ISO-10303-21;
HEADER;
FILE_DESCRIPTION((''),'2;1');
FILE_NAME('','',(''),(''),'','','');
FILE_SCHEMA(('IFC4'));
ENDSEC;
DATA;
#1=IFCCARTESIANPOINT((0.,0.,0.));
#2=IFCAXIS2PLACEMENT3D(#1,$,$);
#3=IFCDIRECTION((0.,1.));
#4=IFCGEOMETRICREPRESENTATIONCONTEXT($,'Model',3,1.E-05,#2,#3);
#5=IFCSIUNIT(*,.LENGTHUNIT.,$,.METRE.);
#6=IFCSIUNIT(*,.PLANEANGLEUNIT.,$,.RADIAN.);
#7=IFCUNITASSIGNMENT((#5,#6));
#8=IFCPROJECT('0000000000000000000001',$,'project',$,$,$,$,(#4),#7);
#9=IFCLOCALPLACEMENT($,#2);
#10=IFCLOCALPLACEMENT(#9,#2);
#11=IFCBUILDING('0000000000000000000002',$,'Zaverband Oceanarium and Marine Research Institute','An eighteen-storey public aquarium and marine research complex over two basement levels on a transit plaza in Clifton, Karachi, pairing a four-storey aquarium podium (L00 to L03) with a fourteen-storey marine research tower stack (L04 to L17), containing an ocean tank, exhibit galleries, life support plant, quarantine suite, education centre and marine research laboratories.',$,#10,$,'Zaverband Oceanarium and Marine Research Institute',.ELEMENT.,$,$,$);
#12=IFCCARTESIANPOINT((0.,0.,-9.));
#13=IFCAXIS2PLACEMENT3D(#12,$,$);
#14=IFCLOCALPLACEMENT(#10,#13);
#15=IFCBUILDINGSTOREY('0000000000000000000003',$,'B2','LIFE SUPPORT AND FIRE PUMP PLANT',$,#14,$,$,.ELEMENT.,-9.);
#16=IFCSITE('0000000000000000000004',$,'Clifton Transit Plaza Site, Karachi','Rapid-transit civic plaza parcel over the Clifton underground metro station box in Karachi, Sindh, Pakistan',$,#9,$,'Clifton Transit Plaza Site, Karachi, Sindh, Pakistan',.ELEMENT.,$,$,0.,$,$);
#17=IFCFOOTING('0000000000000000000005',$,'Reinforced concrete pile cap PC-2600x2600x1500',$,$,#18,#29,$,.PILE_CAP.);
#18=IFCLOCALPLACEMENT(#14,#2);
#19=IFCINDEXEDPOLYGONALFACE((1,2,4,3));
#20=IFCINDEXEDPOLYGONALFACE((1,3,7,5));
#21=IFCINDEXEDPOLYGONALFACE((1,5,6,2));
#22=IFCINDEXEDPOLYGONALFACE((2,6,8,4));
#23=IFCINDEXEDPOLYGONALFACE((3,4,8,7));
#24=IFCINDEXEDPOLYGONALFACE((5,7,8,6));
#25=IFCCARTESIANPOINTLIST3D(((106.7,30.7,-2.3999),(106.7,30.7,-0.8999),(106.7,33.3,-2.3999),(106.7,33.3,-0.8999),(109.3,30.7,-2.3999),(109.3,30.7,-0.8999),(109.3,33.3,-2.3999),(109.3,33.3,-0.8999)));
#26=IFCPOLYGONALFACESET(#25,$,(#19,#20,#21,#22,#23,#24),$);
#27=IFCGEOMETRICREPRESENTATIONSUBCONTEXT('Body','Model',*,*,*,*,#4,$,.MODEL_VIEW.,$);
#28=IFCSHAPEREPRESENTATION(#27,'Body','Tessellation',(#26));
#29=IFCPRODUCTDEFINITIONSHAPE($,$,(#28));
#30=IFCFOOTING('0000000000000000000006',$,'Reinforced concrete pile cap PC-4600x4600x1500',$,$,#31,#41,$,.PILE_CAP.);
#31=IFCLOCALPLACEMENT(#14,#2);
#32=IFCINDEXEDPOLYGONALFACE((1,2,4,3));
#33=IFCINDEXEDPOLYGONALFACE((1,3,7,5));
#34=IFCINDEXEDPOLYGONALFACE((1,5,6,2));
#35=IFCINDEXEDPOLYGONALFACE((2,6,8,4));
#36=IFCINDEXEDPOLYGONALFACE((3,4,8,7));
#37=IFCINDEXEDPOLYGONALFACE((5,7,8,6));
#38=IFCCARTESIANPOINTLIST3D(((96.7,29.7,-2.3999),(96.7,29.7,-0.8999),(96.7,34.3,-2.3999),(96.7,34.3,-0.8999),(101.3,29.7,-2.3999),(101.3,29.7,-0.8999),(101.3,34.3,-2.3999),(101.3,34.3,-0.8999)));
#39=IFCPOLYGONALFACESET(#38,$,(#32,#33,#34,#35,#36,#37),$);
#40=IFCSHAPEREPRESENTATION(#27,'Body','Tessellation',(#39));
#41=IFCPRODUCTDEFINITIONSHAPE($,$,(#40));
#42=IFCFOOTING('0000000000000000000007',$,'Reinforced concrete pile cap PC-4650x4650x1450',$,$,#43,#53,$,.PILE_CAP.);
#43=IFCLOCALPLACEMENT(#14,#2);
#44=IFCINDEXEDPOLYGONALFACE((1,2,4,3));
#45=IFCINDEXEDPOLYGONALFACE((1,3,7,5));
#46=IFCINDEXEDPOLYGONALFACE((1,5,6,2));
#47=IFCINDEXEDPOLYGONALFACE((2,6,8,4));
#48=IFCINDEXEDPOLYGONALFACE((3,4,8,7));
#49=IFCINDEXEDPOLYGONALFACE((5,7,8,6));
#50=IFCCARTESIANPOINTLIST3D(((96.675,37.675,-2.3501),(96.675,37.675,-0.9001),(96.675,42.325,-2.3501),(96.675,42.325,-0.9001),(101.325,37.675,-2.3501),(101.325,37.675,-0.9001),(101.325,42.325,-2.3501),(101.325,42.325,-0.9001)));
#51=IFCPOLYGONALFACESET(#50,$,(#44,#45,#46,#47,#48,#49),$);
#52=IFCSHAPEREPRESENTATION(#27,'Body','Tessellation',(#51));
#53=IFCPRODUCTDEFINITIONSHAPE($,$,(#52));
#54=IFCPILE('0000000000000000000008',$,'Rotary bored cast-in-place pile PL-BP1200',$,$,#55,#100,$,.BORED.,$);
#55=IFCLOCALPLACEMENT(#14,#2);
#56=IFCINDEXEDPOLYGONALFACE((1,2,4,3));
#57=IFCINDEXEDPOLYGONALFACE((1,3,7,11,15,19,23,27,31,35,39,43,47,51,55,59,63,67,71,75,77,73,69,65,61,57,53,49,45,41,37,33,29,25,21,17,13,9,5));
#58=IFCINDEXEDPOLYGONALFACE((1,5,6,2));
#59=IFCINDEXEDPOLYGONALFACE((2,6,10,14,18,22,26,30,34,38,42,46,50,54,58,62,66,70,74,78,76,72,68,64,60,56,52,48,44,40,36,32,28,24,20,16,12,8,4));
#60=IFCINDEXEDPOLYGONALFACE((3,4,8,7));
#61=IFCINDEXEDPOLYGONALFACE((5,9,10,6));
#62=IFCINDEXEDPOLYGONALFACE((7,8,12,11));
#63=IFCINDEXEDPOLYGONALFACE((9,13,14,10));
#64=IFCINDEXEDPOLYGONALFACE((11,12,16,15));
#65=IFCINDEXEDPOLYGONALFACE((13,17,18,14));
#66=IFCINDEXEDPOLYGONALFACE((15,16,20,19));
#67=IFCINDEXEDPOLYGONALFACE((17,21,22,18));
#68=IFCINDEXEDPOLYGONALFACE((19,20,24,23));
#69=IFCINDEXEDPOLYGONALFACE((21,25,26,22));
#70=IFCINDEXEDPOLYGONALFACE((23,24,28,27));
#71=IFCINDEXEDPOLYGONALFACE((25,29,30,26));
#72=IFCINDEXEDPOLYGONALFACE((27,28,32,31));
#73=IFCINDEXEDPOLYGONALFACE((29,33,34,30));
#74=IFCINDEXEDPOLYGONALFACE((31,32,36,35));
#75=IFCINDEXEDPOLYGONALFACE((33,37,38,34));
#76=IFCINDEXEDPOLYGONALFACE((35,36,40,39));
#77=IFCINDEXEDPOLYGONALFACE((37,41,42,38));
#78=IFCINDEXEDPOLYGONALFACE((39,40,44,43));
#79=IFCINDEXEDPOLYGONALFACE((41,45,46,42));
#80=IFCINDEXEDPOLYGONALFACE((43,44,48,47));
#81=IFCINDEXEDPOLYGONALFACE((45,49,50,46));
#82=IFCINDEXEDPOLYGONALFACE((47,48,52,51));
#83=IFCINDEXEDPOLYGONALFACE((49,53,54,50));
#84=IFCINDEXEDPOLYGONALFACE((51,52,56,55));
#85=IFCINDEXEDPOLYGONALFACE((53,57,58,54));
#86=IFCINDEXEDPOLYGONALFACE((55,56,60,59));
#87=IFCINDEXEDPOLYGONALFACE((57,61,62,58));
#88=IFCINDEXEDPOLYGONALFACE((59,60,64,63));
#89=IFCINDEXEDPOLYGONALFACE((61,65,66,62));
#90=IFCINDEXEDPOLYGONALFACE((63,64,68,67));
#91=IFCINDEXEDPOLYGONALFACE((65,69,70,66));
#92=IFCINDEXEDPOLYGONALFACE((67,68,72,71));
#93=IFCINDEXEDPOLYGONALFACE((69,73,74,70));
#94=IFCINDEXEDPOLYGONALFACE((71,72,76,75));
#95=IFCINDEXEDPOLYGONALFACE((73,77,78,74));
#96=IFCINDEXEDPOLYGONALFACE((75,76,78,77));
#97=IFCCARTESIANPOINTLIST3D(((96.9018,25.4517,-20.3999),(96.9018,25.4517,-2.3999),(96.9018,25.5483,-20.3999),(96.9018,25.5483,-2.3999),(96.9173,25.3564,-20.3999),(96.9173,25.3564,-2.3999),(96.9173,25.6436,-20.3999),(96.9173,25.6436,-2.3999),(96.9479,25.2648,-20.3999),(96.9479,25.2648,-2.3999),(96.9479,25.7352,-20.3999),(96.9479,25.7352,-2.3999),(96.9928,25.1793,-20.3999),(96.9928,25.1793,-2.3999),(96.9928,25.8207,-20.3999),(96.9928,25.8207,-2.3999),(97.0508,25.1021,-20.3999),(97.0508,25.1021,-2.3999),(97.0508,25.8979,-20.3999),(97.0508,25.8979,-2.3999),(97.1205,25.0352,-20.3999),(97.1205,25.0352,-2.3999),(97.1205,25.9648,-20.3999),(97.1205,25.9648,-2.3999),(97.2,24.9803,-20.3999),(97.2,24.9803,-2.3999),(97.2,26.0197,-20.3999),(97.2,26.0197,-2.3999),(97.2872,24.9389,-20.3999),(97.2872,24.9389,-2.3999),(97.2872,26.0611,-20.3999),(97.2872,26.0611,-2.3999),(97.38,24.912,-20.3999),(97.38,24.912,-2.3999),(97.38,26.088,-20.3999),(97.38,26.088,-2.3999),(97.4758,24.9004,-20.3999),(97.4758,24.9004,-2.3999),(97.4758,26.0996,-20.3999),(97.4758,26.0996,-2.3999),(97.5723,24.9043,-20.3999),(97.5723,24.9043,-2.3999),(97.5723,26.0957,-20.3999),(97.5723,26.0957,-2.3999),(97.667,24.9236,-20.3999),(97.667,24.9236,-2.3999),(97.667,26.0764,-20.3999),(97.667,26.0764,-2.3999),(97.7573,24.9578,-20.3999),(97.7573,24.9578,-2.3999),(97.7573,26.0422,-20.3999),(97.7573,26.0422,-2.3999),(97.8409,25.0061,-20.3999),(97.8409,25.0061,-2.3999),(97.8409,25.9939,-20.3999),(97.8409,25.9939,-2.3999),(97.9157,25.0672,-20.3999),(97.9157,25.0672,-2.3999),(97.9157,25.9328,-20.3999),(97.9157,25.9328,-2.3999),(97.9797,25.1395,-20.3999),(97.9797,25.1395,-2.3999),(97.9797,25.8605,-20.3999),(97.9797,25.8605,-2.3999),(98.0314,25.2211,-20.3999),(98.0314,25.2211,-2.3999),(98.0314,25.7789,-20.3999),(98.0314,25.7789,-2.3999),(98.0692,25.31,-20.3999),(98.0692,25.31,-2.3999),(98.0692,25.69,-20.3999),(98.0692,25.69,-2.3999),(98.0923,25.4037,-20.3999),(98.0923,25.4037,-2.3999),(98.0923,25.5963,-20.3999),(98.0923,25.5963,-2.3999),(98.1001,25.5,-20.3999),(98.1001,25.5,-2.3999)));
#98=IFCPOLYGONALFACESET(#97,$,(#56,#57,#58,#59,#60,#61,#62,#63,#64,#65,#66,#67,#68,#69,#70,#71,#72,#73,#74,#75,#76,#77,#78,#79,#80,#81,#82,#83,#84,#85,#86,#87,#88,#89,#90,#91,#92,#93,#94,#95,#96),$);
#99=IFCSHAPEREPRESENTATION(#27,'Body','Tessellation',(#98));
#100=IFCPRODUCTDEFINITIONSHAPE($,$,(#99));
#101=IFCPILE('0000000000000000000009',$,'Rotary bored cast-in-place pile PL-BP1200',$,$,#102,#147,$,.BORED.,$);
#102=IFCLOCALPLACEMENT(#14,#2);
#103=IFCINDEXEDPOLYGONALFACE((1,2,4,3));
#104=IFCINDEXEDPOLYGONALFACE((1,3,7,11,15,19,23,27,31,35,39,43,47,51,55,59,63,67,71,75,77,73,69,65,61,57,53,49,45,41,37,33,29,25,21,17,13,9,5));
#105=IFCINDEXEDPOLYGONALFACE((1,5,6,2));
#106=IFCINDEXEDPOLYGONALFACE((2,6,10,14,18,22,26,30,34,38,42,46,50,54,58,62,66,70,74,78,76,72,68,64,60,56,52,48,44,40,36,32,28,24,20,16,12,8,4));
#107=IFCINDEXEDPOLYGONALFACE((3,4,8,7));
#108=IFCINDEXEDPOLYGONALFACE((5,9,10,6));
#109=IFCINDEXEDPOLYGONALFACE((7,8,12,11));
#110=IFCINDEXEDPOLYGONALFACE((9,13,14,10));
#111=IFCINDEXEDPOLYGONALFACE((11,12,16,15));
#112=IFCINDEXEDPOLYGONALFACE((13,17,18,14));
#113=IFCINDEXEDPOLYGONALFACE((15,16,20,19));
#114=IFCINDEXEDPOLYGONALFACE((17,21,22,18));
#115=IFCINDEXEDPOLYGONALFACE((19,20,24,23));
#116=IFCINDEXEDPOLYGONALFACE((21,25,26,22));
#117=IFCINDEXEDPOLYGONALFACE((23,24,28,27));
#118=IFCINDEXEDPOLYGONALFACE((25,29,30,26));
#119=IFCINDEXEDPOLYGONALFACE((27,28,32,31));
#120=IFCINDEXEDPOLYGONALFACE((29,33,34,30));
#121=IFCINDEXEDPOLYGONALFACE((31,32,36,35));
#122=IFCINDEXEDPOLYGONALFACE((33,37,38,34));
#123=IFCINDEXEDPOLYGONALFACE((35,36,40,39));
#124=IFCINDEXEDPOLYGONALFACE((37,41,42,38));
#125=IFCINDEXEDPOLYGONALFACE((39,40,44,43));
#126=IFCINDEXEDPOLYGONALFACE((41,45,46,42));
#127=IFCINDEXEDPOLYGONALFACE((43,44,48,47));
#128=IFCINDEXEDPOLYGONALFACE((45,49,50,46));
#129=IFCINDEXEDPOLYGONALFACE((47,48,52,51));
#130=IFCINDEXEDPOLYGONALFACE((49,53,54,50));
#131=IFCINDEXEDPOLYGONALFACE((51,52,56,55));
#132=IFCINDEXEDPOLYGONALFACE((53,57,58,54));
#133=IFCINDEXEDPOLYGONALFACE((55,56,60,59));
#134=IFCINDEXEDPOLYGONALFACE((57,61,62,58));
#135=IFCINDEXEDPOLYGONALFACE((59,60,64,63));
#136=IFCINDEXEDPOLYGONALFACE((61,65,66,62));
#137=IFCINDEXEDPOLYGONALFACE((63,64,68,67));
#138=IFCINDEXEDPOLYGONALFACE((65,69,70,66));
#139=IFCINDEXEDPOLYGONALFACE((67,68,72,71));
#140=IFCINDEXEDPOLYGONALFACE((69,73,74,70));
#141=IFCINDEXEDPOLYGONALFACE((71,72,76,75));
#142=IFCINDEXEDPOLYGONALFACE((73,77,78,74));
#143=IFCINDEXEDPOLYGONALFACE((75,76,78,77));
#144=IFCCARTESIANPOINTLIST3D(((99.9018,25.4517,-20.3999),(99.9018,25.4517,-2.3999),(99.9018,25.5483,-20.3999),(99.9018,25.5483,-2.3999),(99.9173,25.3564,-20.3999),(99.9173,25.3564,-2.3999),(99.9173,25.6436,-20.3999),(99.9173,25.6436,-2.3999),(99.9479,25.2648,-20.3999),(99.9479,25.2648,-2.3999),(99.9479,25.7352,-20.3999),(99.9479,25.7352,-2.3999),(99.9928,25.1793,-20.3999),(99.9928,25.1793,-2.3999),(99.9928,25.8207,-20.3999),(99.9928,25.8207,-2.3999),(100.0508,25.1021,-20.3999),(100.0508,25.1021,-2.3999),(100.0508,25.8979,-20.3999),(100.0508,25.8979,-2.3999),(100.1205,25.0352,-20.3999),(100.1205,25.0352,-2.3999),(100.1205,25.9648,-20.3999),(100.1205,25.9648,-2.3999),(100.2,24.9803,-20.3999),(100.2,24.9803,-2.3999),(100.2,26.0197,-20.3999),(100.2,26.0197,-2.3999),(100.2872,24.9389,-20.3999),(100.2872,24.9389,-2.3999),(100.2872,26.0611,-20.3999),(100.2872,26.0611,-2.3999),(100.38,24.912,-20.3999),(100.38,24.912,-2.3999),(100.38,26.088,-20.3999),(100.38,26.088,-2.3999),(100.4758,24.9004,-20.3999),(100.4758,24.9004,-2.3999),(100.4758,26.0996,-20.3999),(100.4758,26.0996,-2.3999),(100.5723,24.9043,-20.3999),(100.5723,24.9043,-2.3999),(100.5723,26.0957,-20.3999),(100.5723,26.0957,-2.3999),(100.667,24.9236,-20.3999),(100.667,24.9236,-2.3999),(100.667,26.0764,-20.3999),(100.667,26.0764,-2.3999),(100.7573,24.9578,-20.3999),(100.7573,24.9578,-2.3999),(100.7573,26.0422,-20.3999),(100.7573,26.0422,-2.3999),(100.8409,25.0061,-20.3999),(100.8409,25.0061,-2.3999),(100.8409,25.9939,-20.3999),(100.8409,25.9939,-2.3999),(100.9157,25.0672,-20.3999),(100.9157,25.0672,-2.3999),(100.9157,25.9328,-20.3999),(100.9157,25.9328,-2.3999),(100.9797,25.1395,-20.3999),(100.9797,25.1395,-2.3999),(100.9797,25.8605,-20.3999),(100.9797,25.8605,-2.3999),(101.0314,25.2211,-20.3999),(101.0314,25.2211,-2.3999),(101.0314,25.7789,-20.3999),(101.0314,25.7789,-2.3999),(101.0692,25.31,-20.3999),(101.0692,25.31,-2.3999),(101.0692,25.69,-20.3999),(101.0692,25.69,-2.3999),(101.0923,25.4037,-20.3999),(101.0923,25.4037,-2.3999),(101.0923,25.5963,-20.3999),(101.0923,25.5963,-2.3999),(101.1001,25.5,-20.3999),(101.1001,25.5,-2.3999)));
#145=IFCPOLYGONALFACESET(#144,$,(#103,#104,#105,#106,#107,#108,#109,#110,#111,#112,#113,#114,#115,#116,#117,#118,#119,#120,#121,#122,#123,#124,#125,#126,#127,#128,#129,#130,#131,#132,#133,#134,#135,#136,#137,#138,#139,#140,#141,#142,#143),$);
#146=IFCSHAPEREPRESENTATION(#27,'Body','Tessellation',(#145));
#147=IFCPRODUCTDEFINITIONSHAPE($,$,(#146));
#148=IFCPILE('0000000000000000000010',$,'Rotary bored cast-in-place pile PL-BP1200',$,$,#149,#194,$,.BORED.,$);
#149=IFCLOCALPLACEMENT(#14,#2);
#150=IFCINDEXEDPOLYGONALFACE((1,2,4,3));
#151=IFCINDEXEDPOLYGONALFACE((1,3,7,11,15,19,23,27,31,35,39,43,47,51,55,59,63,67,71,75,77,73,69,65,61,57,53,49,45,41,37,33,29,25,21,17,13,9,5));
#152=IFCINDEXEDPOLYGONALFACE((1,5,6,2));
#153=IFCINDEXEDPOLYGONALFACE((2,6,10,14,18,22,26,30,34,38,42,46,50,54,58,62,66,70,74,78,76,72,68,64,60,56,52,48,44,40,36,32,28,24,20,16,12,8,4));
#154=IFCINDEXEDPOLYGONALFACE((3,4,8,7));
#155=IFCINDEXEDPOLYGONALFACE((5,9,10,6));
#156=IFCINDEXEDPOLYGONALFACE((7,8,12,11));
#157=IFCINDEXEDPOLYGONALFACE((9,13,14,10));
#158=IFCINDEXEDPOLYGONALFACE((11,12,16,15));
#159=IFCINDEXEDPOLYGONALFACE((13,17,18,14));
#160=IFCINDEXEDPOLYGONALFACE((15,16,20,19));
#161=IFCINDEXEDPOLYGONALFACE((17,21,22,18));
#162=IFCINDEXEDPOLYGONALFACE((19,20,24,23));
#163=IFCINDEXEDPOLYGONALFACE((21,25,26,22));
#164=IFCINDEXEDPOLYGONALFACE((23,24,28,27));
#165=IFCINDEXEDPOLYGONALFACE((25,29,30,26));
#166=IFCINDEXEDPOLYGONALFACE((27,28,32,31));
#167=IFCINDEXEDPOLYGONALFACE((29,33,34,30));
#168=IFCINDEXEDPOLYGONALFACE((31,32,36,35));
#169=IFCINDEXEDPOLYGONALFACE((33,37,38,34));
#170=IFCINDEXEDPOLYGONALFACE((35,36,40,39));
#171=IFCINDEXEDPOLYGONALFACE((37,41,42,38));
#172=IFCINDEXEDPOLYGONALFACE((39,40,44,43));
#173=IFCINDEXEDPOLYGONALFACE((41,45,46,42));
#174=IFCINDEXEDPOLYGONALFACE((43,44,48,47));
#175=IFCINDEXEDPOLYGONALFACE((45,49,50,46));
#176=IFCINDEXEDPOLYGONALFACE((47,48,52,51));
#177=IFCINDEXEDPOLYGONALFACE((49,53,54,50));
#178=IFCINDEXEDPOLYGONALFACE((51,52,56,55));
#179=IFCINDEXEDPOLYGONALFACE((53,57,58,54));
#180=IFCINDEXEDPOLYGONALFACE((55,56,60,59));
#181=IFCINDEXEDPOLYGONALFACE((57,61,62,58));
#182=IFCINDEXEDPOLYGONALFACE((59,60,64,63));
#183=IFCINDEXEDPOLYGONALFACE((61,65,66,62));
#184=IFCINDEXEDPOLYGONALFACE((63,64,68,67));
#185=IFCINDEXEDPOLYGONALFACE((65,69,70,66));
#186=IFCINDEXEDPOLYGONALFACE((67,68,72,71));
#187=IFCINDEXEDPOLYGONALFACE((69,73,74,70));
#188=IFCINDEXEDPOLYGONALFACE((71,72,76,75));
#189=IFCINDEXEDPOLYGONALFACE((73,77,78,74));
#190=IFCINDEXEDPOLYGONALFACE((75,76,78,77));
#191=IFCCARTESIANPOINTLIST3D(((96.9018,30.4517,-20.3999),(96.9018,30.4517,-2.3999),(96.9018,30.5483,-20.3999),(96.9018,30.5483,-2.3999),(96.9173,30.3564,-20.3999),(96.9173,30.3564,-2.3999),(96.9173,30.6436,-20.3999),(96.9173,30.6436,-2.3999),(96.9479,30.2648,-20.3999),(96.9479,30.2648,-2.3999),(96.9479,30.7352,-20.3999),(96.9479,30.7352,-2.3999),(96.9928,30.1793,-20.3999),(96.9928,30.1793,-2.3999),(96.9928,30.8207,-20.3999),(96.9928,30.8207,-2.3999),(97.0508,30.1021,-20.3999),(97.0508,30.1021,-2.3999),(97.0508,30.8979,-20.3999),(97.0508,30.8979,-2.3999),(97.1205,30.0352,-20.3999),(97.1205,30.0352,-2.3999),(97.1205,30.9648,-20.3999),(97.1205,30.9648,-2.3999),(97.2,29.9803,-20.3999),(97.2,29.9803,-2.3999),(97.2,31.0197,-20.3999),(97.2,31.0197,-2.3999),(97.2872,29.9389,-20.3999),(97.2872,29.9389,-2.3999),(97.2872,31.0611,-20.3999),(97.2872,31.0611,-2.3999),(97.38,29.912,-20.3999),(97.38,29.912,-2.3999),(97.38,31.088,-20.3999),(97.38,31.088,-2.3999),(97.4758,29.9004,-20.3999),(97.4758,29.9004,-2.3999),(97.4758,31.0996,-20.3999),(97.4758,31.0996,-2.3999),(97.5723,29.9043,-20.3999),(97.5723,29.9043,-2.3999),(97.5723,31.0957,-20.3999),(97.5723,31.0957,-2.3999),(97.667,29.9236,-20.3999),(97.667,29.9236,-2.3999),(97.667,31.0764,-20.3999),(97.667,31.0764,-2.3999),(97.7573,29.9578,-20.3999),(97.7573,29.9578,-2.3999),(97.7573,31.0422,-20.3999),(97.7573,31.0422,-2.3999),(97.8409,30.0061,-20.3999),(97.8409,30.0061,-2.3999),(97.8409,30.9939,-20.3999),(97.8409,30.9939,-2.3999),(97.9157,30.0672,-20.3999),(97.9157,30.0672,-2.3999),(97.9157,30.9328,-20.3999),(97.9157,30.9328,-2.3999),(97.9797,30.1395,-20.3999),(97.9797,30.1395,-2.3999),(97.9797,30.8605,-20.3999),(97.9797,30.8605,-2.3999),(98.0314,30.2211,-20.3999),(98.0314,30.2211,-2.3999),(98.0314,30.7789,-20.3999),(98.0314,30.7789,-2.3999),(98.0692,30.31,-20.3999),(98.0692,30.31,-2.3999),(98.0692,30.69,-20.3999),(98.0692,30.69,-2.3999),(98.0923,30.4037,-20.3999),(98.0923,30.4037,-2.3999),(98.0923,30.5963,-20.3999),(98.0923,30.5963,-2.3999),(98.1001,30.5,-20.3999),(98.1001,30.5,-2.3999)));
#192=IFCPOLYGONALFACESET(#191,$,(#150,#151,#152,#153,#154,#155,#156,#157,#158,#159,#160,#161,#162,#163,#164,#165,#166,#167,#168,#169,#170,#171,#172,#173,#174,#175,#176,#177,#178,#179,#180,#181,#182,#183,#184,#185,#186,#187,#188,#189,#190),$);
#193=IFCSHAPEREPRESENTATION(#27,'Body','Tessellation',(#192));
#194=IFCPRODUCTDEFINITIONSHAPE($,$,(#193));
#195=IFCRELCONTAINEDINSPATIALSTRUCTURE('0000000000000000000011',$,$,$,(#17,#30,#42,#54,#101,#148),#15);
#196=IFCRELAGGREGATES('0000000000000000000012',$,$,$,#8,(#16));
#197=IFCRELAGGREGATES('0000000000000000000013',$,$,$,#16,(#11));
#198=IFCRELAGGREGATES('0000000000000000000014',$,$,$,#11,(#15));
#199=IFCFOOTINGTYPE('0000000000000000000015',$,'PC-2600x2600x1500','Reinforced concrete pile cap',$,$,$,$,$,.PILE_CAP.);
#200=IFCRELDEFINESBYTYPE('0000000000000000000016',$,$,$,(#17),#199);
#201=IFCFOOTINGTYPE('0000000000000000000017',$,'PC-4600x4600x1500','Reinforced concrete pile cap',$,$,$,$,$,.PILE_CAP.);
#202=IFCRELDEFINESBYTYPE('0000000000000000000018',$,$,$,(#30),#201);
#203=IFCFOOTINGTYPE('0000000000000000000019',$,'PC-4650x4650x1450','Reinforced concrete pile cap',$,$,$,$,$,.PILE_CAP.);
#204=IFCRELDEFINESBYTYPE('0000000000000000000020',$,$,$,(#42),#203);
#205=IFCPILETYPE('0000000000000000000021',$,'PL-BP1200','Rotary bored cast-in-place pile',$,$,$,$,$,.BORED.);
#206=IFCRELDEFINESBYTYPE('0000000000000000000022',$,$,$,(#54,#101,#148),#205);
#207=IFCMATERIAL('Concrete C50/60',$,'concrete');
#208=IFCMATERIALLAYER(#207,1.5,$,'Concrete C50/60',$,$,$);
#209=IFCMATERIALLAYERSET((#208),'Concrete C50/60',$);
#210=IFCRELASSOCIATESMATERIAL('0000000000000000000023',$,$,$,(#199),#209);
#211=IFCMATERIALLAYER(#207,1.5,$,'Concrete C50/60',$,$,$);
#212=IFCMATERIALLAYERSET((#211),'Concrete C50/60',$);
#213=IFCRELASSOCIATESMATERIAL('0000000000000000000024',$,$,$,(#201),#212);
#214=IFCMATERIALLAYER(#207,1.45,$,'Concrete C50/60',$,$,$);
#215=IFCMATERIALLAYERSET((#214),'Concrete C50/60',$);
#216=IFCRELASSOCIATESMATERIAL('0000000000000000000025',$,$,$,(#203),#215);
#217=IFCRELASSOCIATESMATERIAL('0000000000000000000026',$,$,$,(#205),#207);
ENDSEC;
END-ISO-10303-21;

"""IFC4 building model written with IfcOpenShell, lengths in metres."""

from ifc_helpers import new_model, si_unit, direction, frame, origin, origin_2d, place, context, subcontext, project, spatial, rectangle, circle, extrude, material, layer, layer_set, material_profile, profile_set, type_object, element, save


model = new_model("IFC4")

# Units and contexts
model_context = context("Model", 3, precision=1e-05, world=origin(), true_north=direction((0.0, 1.0)))
body_context = subcontext(model_context, "Body", "Model", "MODEL_VIEW")
ifc_project = project(units=[si_unit("LENGTHUNIT", "METRE"), si_unit("PLANEANGLEUNIT", "RADIAN")], contexts=[model_context])

# Site, building, storey
site_placement = place(None, origin())
site = spatial("IfcSite", under=ifc_project, at=site_placement, Name="Clifton Transit Plaza Site, Karachi", Description="Rapid-transit civic plaza parcel over the Clifton underground metro station box in Karachi, Sindh, Pakistan", LongName="Clifton Transit Plaza Site, Karachi, Sindh, Pakistan", CompositionType="ELEMENT", RefElevation=0.0)
building_placement = place(site_placement, origin())
building = spatial("IfcBuilding", under=site, at=building_placement, Name="Zaverband Oceanarium and Marine Research Institute", Description="An eighteen-storey public aquarium and marine research complex over two basement levels on a transit plaza in Clifton, Karachi, pairing a four-storey aquarium podium (L00 to L03) with a fourteen-storey marine research tower stack (L04 to L17), containing an ocean tank, exhibit galleries, life support plant, quarantine suite, education centre and marine research laboratories.", LongName="Zaverband Oceanarium and Marine Research Institute", CompositionType="ELEMENT")
storey_placement = place(building_placement, frame((0.0, 0.0, -9.0)))
storey = spatial("IfcBuildingStorey", under=building, at=storey_placement, Name="B2", Description="LIFE SUPPORT AND FIRE PUMP PLANT", CompositionType="ELEMENT", Elevation=-9.0)

# Footings
ifc_material_1 = material(Name="Concrete C50/60", Category="concrete")
ifc_layer_1 = layer(ifc_material_1, 1.5, Name="Concrete C50/60")
ifc_layer_set_1 = layer_set([ifc_layer_1], Name="Concrete C50/60")
footing_type_1 = type_object("IfcFootingType", Name="PC-2600x2600x1500", Description="Reinforced concrete pile cap", PredefinedType="PILE_CAP", material=ifc_layer_set_1)
footing_1_placement = place(storey_placement, frame((108.0, 32.0, -2.3999), z_axis=(0.0, 0.0, 1.0), x_axis=(1.0, 0.0, 0.0)))
element("IfcFooting", 1, at=footing_1_placement, inside=storey, type_object=footing_type_1, Name="Reinforced concrete pile cap PC-2600x2600x1500", PredefinedType="PILE_CAP", context=body_context, shape_type="SweptSolid", body=[
    extrude(rectangle(XDim=2.6001, YDim=2.6001, at=origin_2d()), origin(), (0.0, 0.0, 1.0), 1.5),
])
ifc_layer_2 = layer(ifc_material_1, 1.5, Name="Concrete C50/60")
ifc_layer_set_2 = layer_set([ifc_layer_2], Name="Concrete C50/60")
footing_type_2 = type_object("IfcFootingType", Name="PC-4600x4600x1500", Description="Reinforced concrete pile cap", PredefinedType="PILE_CAP", material=ifc_layer_set_2)
footing_2_placement = place(storey_placement, frame((99.0, 32.0, -2.3999), z_axis=(0.0, 0.0, 1.0), x_axis=(1.0, 0.0, 0.0)))
element("IfcFooting", 2, at=footing_2_placement, inside=storey, type_object=footing_type_2, Name="Reinforced concrete pile cap PC-4600x4600x1500", PredefinedType="PILE_CAP", context=body_context, shape_type="SweptSolid", body=[
    extrude(rectangle(XDim=4.6001, YDim=4.6001, at=origin_2d()), origin(), (0.0, 0.0, 1.0), 1.5),
])
ifc_layer_3 = layer(ifc_material_1, 1.45, Name="Concrete C50/60")
ifc_layer_set_3 = layer_set([ifc_layer_3], Name="Concrete C50/60")
footing_type_3 = type_object("IfcFootingType", Name="PC-4650x4650x1450", Description="Reinforced concrete pile cap", PredefinedType="PILE_CAP", material=ifc_layer_set_3)
footing_3_placement = place(storey_placement, frame((99.0, 40.0, -2.3501), z_axis=(0.0, 0.0, 1.0), x_axis=(1.0, 0.0, 0.0)))
element("IfcFooting", 3, at=footing_3_placement, inside=storey, type_object=footing_type_3, Name="Reinforced concrete pile cap PC-4650x4650x1450", PredefinedType="PILE_CAP", context=body_context, shape_type="SweptSolid", body=[
    extrude(rectangle(XDim=4.6499, YDim=4.6499, at=origin_2d()), origin(), (0.0, 0.0, 1.0), 1.45),
])

# Piles
ifc_material_profile_1 = material_profile(ifc_material_1, circle(Radius=0.6001, at=origin_2d()), Name="BP1200")
ifc_profile_set_1 = profile_set([ifc_material_profile_1], Name="Concrete C50/60")
pile_type = type_object("IfcPileType", Name="PL-BP1200", Description="Rotary bored cast-in-place pile", PredefinedType="BORED", material=ifc_profile_set_1)
for number, where, z_axis, x_axis, name in (
    (4, (97.5, 25.5, -2.3999), (0.0, 0.0, -1.0), (1.0, 0.0, 0.0), "Rotary bored cast-in-place pile PL-BP1200"),
    (5, (100.5, 25.5, -2.3999), (0.0, 0.0, -1.0), (1.0, 0.0, 0.0), "Rotary bored cast-in-place pile PL-BP1200"),
    (6, (97.5, 30.5, -2.3999), (0.0, 0.0, -1.0), (1.0, 0.0, 0.0), "Rotary bored cast-in-place pile PL-BP1200"),
):
    element("IfcPile", number, at=place(storey_placement, frame(where, z_axis=z_axis, x_axis=x_axis)), inside=storey, type_object=pile_type, Name=name, PredefinedType="BORED", context=body_context, shape_type="SweptSolid", body=[
        extrude(circle(Radius=0.6001, at=origin_2d()), origin(), (0.0, 0.0, 1.0), 18.0),
    ])

save(model, "model.ifc")
